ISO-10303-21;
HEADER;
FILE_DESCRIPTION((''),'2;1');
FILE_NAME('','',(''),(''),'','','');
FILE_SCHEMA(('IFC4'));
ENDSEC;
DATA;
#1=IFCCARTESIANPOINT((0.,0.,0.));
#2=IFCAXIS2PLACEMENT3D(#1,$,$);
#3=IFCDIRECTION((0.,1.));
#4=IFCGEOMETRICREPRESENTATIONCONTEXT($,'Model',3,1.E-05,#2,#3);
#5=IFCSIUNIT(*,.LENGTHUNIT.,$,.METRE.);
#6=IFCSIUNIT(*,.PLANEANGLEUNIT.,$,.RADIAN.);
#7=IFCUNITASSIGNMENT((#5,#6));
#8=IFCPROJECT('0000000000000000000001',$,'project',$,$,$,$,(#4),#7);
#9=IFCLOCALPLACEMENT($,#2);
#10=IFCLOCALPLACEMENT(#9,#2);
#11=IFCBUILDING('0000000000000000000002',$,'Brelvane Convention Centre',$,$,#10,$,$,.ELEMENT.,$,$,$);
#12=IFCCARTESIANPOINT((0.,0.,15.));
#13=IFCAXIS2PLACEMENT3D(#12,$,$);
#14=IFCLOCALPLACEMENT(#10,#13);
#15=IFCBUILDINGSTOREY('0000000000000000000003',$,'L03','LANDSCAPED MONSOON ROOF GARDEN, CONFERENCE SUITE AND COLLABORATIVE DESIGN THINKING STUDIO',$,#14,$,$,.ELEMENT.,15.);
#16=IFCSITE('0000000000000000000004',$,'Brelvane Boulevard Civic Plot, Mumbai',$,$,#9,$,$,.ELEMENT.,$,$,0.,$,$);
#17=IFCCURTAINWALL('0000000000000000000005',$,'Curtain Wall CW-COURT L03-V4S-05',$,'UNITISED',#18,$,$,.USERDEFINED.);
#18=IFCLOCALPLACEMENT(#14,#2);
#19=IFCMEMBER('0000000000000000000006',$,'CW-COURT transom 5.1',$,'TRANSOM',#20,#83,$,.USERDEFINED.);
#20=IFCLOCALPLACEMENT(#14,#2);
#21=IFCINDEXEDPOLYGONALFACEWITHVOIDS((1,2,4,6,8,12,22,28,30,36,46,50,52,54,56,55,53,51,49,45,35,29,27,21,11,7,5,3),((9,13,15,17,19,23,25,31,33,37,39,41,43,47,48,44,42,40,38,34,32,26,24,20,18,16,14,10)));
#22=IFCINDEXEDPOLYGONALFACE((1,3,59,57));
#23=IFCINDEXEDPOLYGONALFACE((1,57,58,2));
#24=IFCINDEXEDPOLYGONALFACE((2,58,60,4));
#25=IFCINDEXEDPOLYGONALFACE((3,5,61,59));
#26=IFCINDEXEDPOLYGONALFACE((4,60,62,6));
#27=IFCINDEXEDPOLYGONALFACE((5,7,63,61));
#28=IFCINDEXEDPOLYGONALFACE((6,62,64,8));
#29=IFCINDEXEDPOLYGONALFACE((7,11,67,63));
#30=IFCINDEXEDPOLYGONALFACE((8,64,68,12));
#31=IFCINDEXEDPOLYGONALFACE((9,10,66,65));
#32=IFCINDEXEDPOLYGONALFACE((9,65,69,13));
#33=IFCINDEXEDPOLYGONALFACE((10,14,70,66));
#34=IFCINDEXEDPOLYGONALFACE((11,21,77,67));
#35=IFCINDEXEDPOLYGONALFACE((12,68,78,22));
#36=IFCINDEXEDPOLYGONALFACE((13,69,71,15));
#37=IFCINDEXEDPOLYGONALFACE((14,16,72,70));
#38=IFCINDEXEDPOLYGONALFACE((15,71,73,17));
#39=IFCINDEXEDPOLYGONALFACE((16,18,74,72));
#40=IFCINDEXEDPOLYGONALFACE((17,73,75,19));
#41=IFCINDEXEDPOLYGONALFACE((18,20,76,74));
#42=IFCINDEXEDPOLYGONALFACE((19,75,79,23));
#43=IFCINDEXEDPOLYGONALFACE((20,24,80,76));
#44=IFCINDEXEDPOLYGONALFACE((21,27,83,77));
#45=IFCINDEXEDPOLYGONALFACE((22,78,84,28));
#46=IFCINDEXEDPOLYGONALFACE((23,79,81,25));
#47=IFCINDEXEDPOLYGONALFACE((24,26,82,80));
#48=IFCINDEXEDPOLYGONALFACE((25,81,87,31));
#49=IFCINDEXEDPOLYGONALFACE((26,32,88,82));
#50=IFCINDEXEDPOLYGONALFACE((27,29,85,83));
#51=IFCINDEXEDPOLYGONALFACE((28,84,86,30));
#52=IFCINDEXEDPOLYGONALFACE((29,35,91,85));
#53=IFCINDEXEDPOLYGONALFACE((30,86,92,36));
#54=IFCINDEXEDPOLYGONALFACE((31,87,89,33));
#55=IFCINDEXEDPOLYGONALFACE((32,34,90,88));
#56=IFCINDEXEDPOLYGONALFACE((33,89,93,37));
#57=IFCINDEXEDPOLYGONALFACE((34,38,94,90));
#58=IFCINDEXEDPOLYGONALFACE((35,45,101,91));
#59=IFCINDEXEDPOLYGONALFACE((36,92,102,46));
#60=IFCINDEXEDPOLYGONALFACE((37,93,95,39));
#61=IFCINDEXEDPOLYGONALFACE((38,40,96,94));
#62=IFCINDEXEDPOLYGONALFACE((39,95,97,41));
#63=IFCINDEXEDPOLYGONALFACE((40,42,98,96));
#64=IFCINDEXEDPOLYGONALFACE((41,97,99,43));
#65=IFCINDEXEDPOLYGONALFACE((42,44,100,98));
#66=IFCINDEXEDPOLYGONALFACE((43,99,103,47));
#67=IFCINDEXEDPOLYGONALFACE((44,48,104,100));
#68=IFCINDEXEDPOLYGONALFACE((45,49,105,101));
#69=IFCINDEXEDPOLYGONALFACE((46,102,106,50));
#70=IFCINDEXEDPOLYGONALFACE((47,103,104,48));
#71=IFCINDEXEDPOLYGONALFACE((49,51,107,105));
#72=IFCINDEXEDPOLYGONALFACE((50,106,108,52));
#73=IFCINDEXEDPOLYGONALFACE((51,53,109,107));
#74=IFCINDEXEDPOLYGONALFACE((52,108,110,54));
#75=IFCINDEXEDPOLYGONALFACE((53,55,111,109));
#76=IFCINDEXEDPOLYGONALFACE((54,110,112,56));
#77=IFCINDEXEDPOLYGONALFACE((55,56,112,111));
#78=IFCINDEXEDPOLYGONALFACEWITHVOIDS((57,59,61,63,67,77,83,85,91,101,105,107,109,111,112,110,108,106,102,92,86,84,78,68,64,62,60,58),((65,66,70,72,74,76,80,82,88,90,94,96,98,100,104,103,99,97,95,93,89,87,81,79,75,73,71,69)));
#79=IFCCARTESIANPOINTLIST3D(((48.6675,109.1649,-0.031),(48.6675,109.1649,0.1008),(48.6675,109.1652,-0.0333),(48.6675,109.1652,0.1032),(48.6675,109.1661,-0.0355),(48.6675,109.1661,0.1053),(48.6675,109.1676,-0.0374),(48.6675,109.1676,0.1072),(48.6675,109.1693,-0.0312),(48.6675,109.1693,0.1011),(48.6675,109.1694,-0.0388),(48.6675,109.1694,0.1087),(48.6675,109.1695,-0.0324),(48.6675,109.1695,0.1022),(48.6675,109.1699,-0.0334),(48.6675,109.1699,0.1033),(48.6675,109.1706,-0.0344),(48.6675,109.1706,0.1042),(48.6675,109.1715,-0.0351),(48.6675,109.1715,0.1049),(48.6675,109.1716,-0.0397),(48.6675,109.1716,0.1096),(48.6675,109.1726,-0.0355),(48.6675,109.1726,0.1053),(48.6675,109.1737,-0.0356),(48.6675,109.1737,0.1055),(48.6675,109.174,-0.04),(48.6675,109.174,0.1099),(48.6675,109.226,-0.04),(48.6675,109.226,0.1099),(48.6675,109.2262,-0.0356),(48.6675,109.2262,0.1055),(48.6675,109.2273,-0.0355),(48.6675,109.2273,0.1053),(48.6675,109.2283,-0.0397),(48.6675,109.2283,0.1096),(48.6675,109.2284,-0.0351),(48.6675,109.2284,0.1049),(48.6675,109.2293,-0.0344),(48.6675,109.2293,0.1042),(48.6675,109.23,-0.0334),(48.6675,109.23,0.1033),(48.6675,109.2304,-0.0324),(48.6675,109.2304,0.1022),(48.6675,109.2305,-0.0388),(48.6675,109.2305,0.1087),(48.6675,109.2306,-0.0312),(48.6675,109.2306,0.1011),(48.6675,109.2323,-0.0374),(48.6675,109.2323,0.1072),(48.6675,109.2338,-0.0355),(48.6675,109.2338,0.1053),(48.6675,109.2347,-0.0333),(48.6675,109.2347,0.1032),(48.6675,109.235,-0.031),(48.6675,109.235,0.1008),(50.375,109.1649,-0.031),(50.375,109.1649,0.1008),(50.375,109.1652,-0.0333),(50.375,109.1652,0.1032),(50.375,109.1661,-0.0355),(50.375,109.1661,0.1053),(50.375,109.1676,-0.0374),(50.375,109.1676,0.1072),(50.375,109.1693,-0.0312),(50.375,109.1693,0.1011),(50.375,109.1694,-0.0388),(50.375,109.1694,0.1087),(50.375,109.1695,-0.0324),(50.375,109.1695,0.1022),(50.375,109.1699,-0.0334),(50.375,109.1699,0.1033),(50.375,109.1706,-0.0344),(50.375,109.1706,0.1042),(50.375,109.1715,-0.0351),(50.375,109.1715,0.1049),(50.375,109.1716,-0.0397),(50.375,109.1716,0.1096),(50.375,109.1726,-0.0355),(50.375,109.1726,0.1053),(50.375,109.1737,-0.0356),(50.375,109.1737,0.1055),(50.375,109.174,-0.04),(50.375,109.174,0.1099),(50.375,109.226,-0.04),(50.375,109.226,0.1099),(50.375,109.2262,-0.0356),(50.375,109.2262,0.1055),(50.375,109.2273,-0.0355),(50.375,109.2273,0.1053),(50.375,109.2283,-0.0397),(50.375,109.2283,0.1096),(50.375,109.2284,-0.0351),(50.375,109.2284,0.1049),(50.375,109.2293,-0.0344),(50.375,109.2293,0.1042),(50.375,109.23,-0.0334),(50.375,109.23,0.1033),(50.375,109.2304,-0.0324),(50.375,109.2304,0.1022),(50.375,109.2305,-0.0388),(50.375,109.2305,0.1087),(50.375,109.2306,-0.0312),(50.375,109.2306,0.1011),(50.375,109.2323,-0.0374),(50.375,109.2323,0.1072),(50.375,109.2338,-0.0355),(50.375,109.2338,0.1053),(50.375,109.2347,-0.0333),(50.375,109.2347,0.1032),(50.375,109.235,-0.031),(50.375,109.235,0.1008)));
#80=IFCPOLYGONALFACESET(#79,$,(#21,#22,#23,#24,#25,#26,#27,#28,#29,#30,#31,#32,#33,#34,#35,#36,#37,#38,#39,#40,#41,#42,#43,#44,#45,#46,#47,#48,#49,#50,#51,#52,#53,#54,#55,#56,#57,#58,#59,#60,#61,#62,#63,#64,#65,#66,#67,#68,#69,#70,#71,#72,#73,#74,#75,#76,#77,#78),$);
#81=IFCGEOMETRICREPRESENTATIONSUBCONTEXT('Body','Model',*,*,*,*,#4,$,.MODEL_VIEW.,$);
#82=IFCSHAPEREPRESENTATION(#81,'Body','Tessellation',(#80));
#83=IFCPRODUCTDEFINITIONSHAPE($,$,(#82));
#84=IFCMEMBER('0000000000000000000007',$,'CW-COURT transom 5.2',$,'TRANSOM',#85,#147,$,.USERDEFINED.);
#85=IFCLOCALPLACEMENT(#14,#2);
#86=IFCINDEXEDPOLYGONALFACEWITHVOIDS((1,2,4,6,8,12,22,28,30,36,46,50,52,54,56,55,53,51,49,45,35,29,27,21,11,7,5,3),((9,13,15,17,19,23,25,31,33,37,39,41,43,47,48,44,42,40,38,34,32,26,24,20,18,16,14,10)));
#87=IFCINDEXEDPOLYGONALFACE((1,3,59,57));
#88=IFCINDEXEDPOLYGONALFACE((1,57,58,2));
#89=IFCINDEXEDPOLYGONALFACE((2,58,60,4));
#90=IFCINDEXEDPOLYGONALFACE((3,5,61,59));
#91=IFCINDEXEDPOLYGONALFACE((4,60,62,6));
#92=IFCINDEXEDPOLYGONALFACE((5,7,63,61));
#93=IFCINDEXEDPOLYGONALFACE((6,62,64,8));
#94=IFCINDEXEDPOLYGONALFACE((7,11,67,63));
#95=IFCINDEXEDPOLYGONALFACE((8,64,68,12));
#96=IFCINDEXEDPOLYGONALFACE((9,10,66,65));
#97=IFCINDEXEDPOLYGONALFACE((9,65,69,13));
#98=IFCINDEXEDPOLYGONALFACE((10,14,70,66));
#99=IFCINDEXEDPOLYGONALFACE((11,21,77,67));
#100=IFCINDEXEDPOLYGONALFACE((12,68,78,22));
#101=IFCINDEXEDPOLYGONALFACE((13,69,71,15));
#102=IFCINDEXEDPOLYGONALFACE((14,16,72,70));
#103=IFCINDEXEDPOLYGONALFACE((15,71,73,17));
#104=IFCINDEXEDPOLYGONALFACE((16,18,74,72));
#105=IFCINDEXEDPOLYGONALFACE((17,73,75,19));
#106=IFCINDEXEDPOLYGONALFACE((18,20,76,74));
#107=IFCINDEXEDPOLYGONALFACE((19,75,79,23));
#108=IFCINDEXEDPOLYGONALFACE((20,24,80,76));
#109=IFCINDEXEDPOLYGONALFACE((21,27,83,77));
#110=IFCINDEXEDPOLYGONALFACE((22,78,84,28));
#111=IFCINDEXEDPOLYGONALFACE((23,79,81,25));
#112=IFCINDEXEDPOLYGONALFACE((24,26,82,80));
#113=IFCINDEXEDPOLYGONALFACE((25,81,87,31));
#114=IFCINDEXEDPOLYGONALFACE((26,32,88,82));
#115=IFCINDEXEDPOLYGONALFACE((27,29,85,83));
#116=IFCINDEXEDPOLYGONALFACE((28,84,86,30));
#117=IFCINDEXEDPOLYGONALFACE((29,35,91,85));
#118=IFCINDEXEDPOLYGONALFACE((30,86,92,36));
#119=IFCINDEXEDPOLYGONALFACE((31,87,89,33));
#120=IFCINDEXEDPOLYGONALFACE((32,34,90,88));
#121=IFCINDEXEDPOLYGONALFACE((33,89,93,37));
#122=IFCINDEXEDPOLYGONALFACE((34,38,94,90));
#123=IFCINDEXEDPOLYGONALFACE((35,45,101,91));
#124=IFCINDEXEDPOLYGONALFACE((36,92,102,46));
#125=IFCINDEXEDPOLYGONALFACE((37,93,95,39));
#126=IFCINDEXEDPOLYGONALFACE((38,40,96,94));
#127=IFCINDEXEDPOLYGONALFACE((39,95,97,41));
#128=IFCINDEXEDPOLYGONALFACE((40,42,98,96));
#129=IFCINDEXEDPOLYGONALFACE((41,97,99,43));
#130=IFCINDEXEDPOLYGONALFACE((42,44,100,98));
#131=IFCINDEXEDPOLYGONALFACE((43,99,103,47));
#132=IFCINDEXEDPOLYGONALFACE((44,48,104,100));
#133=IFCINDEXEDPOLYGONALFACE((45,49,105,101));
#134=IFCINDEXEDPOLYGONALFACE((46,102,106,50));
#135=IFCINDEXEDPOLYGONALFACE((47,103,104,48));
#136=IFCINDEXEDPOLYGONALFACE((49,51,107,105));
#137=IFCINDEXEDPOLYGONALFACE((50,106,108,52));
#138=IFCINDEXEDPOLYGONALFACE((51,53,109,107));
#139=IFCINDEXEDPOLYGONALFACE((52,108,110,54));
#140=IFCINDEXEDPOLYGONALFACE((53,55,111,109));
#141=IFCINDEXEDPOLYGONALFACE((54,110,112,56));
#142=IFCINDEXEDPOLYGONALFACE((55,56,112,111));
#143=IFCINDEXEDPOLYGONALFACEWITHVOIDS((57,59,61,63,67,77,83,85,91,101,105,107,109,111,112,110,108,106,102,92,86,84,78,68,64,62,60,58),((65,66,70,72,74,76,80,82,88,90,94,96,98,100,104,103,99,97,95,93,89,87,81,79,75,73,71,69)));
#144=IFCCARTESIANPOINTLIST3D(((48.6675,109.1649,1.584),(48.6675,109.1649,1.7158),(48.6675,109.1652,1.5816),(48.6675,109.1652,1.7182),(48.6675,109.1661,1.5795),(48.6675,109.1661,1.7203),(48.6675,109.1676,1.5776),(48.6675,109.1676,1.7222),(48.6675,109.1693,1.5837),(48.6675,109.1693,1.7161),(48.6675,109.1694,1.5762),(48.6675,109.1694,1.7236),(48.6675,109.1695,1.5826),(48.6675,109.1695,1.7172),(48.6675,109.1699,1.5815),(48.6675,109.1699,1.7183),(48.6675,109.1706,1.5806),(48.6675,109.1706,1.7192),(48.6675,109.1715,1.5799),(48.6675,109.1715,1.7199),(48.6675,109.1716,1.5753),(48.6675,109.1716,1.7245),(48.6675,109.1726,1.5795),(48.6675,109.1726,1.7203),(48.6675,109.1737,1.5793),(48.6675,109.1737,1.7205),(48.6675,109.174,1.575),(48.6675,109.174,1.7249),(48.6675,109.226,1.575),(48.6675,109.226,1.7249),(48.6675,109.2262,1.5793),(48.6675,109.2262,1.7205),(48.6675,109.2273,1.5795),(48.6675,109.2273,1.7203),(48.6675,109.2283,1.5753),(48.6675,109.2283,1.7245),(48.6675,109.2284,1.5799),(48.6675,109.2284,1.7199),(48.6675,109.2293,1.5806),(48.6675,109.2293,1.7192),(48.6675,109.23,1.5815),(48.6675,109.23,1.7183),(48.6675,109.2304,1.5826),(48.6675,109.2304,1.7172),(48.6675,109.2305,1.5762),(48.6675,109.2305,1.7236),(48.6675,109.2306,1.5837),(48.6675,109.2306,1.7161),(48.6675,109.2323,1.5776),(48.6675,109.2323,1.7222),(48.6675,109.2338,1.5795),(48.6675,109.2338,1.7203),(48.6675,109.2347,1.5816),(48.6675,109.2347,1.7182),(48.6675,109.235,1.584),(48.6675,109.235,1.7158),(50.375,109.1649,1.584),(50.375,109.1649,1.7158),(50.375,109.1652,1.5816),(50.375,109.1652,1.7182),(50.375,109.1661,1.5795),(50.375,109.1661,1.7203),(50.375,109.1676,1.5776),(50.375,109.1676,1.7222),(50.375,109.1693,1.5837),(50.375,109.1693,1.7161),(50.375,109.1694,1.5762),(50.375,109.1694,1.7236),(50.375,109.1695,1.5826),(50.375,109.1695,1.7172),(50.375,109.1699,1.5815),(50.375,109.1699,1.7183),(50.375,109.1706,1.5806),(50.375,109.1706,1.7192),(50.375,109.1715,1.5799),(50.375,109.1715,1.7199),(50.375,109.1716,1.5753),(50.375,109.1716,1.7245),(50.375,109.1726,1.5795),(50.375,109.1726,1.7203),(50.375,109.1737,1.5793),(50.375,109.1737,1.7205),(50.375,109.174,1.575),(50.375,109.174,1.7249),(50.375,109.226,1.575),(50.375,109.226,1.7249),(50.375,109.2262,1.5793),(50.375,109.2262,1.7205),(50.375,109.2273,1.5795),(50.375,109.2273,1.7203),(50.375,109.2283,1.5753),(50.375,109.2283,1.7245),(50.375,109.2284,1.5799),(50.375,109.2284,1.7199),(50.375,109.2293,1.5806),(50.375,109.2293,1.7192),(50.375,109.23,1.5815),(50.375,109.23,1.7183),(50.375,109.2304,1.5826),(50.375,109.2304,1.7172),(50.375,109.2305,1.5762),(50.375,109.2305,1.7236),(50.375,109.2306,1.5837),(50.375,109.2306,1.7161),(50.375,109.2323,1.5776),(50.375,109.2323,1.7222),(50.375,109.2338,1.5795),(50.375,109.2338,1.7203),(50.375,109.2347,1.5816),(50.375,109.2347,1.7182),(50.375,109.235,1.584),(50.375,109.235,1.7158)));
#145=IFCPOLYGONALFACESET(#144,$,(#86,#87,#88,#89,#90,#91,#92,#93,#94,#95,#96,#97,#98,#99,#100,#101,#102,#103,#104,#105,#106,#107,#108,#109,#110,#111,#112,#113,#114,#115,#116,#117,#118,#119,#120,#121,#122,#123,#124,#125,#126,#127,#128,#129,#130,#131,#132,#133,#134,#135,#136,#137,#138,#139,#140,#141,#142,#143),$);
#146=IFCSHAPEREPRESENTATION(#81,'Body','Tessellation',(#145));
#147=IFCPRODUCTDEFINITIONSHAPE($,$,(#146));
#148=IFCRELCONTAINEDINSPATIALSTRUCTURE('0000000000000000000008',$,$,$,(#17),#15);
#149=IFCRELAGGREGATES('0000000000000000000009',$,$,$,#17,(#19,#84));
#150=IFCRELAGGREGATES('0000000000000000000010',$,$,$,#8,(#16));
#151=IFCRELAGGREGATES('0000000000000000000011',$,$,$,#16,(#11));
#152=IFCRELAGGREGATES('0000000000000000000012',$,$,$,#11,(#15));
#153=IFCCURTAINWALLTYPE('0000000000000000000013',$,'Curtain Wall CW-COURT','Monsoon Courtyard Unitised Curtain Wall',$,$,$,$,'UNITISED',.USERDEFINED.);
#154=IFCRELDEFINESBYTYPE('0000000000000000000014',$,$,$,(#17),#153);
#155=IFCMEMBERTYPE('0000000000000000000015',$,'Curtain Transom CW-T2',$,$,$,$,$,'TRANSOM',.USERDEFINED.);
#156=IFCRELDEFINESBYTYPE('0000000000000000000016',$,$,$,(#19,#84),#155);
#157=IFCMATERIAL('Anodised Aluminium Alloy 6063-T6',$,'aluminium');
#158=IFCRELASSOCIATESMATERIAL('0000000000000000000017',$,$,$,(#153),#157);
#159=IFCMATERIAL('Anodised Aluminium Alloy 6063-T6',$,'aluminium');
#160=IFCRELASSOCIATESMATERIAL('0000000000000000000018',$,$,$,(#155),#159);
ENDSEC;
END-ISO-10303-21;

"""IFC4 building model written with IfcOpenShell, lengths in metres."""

from ifc_helpers import new_model, si_unit, direction, frame, origin, origin_2d, place, context, subcontext, project, spatial, hollow_rectangle, extrude, material, material_profile, profile_set, type_object, element, aggregate, save


model = new_model("IFC4")

# Units and contexts
model_context = context("Model", 3, precision=1e-05, world=origin(), true_north=direction((0.0, 1.0)))
body_context = subcontext(model_context, "Body", "Model", "MODEL_VIEW")
ifc_project = project(units=[si_unit("LENGTHUNIT", "METRE"), si_unit("PLANEANGLEUNIT", "RADIAN")], contexts=[model_context])

# Site, building, storey
site_placement = place(None, origin())
site = spatial("IfcSite", under=ifc_project, at=site_placement, Name="Brelvane Boulevard Civic Plot, Mumbai", CompositionType="ELEMENT", RefElevation=0.0)
building_placement = place(site_placement, origin())
building = spatial("IfcBuilding", under=site, at=building_placement, Name="Brelvane Convention Centre", CompositionType="ELEMENT")
storey_placement = place(building_placement, frame((0.0, 0.0, 15.0)))
storey = spatial("IfcBuildingStorey", under=building, at=storey_placement, Name="L03", Description="LANDSCAPED MONSOON ROOF GARDEN, CONFERENCE SUITE AND COLLABORATIVE DESIGN THINKING STUDIO", CompositionType="ELEMENT", Elevation=15.0)

# Curtain wall, members
ifc_material_1 = material(Name="Anodised Aluminium Alloy 6063-T6", Category="aluminium")
curtain_wall_type = type_object("IfcCurtainWallType", Name="Curtain Wall CW-COURT", Description="Monsoon Courtyard Unitised Curtain Wall", ElementType="UNITISED", PredefinedType="USERDEFINED", material=ifc_material_1)
curtain_wall_placement = place(storey_placement, origin())
curtain_wall = element("IfcCurtainWall", 1, at=curtain_wall_placement, inside=storey, type_object=curtain_wall_type, Name="Curtain Wall CW-COURT L03-V4S-05", ObjectType="UNITISED", PredefinedType="USERDEFINED")
ifc_material_2 = material(Name="Anodised Aluminium Alloy 6063-T6", Category="aluminium")
ifc_material_profile_1 = material_profile(ifc_material_2, hollow_rectangle(XDim=0.0701, YDim=0.1499, WallThickness=0.0044, InnerFilletRadius=0.0044, OuterFilletRadius=0.009, at=origin_2d()), Name="ALU-T 150x70x4.5")
ifc_profile_set_1 = profile_set([ifc_material_profile_1], Name="Anodised Aluminium Alloy 6063-T6")
member_type_1 = type_object("IfcMemberType", Name="Curtain Transom CW-T2", ElementType="TRANSOM", PredefinedType="USERDEFINED", material=ifc_profile_set_1)
member_1_placement = place(storey_placement, frame((48.6675, 109.2, 0.0349), z_axis=(1.0, 0.0, 0.0), x_axis=(0.0, 1.0, 0.0)))
member_1 = element("IfcMember", 2, at=member_1_placement, type_object=member_type_1, Name="CW-COURT transom 5.1", ObjectType="TRANSOM", PredefinedType="USERDEFINED", context=body_context, shape_type="SweptSolid", body=[
    extrude(hollow_rectangle(XDim=0.0701, YDim=0.1499, WallThickness=0.0044, InnerFilletRadius=0.0044, OuterFilletRadius=0.009, at=origin_2d()), origin(), (0.0, 0.0, 1.0), 1.7075),
])
member_2_placement = place(storey_placement, frame((48.6675, 109.2, 1.6499), z_axis=(1.0, 0.0, 0.0), x_axis=(0.0, 1.0, 0.0)))
member_2 = element("IfcMember", 3, at=member_2_placement, type_object=member_type_1, Name="CW-COURT transom 5.2", ObjectType="TRANSOM", PredefinedType="USERDEFINED", context=body_context, shape_type="SweptSolid", body=[
    extrude(hollow_rectangle(XDim=0.0701, YDim=0.1499, WallThickness=0.0044, InnerFilletRadius=0.0044, OuterFilletRadius=0.009, at=origin_2d()), origin(), (0.0, 0.0, 1.0), 1.7075),
])

aggregate(curtain_wall, [member_1, member_2])

save(model, "model.ifc")
